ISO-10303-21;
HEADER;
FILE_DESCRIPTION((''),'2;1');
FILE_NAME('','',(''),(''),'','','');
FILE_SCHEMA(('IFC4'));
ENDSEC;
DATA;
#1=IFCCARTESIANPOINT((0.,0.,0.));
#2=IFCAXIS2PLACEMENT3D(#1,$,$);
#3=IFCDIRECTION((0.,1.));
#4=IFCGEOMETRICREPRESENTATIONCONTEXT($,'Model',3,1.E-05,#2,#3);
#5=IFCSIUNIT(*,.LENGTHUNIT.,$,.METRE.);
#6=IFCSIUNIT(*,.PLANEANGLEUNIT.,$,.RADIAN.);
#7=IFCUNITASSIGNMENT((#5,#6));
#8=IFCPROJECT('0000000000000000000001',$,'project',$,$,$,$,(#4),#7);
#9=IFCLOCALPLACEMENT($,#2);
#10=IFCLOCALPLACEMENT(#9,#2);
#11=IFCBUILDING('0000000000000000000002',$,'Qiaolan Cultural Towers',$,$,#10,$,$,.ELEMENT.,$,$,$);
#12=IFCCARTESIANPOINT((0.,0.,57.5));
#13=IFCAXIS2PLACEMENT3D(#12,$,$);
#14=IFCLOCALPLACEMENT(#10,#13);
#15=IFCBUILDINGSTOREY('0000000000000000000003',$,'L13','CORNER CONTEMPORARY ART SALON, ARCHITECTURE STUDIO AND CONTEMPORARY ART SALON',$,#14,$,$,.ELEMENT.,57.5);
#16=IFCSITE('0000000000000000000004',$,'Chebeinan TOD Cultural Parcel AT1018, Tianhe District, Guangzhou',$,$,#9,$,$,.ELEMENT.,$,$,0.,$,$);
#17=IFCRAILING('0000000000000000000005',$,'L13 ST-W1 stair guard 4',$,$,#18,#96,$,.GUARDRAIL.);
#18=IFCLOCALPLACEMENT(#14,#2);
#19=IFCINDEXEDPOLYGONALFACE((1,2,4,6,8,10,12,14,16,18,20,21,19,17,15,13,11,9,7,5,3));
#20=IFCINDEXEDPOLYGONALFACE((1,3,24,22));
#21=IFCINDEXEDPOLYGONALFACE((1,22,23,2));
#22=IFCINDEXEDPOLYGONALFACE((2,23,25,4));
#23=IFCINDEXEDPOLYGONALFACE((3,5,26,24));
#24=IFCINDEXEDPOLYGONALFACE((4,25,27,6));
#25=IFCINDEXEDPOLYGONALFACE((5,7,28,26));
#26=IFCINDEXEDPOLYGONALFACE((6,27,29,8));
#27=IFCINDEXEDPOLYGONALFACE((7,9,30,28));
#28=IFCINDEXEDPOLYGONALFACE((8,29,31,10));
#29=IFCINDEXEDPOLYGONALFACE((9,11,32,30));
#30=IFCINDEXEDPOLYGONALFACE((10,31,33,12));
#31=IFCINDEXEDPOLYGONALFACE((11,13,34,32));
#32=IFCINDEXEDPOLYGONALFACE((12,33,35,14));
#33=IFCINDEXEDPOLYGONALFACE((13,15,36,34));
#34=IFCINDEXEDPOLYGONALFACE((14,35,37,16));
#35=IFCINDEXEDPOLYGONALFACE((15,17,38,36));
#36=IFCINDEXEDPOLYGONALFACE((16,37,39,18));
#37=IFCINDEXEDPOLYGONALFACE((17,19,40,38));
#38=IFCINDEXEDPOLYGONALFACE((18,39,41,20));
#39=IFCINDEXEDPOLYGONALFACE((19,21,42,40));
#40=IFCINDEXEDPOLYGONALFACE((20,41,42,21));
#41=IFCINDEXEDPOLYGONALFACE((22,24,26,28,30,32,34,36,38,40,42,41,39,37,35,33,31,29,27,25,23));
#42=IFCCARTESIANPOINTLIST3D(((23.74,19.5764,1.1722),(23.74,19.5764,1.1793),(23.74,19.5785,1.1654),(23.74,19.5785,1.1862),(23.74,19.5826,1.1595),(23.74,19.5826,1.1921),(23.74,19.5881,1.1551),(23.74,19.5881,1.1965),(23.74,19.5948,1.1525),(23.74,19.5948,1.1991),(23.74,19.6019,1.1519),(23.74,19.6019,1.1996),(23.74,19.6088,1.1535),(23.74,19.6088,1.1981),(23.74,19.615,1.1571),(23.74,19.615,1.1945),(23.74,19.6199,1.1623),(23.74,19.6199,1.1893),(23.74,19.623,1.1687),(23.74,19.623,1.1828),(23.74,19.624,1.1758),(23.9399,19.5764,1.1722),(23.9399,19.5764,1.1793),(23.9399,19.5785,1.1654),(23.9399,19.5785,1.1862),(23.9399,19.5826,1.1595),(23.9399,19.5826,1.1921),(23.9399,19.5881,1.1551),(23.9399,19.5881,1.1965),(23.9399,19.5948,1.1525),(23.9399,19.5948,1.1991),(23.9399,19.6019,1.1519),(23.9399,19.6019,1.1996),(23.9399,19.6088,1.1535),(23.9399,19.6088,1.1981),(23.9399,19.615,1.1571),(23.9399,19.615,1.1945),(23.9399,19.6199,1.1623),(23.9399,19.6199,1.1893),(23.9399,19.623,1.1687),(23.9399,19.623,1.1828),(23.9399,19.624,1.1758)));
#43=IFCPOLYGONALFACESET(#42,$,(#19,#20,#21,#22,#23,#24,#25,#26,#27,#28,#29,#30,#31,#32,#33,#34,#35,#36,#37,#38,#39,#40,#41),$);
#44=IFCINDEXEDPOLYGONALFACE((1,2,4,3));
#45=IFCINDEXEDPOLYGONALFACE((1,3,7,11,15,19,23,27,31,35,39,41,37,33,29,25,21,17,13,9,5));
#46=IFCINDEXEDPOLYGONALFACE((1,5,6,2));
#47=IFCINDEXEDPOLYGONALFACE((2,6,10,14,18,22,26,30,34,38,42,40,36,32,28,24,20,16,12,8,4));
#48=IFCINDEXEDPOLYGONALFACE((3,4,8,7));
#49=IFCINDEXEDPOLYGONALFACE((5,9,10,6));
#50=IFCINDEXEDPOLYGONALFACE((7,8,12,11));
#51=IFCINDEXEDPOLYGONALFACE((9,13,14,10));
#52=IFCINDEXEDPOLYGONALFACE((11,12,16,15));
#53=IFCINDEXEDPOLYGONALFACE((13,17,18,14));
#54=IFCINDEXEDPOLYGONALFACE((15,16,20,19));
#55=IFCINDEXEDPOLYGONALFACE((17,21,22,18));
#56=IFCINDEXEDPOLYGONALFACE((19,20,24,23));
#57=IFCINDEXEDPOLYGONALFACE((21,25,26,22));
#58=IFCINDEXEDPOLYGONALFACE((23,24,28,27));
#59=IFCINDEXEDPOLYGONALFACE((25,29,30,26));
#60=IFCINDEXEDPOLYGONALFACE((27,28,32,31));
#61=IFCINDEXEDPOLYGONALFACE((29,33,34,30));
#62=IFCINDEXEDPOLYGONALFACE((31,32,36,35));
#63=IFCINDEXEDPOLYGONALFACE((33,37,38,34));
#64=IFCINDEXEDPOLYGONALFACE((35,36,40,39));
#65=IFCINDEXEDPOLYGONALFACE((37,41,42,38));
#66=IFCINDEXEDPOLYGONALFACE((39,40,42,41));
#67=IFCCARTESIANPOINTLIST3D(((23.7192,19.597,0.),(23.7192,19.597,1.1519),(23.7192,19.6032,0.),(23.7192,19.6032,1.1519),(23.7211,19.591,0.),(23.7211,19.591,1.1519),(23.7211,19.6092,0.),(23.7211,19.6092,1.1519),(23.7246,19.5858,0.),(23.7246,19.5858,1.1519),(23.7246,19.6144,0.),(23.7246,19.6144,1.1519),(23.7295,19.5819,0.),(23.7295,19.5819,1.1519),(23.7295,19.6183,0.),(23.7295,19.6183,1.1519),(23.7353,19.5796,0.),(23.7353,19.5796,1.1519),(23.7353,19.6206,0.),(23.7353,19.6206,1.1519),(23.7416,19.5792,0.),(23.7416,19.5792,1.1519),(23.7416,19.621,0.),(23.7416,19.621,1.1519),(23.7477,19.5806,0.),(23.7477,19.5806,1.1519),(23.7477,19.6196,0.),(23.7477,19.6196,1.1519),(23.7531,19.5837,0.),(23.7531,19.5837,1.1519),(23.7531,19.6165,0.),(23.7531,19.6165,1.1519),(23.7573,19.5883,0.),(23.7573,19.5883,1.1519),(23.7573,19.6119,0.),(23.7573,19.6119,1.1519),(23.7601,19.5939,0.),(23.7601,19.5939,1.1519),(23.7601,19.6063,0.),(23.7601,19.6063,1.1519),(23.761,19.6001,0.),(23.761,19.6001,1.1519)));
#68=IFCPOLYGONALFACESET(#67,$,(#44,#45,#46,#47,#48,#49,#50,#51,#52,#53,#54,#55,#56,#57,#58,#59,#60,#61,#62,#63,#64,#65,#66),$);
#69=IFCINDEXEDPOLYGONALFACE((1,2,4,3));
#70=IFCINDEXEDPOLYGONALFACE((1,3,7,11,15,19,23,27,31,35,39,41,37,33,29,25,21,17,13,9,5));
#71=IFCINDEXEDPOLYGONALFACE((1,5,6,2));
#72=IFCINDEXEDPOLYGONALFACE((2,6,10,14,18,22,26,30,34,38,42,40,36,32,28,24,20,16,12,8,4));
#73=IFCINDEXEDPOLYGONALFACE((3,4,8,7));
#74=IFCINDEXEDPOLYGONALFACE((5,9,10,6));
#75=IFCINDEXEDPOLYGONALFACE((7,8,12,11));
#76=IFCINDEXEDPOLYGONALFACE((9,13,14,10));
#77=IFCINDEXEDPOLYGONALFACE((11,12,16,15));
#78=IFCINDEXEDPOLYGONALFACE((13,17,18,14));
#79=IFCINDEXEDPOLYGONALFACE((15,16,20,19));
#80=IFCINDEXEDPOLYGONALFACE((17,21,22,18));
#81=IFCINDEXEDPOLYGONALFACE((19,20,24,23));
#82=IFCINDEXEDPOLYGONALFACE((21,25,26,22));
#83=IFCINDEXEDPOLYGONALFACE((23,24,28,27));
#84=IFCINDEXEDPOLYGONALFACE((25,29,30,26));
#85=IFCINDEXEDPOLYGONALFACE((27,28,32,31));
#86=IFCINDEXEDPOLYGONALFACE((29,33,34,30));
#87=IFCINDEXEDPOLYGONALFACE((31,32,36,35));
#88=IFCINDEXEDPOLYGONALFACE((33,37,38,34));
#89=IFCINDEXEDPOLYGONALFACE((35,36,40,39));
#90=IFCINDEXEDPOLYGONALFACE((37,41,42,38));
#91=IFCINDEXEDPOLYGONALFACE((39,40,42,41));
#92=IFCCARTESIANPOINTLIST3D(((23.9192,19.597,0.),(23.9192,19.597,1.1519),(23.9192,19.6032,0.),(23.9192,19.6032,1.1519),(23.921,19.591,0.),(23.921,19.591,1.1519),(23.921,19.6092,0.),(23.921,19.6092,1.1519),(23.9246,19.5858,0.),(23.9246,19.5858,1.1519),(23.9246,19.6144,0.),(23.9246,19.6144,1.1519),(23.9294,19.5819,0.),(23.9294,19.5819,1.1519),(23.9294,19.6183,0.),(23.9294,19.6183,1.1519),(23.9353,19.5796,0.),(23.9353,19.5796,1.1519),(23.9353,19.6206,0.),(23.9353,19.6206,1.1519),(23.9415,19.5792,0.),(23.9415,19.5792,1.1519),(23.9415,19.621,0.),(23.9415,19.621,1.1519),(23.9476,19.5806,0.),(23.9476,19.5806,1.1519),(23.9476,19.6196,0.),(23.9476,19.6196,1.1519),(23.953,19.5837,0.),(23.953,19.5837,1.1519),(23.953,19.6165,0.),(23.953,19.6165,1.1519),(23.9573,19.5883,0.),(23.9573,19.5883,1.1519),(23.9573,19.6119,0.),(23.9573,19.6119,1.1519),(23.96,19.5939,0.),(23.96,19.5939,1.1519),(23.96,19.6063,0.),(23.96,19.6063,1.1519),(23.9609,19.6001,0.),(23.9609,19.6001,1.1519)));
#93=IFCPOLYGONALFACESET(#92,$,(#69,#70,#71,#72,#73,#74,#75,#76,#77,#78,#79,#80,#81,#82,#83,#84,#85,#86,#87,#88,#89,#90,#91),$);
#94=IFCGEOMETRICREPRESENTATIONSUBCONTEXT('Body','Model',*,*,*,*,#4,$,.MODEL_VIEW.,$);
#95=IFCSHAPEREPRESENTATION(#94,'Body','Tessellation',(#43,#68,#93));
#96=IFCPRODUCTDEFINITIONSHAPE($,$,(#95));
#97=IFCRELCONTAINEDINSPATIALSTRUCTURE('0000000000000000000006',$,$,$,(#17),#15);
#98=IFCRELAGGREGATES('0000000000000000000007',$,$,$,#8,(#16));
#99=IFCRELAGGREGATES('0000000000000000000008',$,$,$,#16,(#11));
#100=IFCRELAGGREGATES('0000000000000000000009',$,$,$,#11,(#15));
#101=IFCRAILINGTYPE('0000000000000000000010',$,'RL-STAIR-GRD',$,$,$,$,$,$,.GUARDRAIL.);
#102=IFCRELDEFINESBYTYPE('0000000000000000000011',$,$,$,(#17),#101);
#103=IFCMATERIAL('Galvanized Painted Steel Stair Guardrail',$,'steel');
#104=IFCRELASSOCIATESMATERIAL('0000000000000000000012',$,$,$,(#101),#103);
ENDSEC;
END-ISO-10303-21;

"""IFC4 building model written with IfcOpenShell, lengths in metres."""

from ifc_helpers import new_model, si_unit, direction, frame, origin, origin_2d, place, context, subcontext, project, spatial, circle, extrude, material, type_object, element, save


model = new_model("IFC4")

# Units and contexts
model_context = context("Model", 3, precision=1e-05, world=origin(), true_north=direction((0.0, 1.0)))
body_context = subcontext(model_context, "Body", "Model", "MODEL_VIEW")
ifc_project = project(units=[si_unit("LENGTHUNIT", "METRE"), si_unit("PLANEANGLEUNIT", "RADIAN")], contexts=[model_context])

# Site, building, storey
site_placement = place(None, origin())
site = spatial("IfcSite", under=ifc_project, at=site_placement, Name="Chebeinan TOD Cultural Parcel AT1018, Tianhe District, Guangzhou", CompositionType="ELEMENT", RefElevation=0.0)
building_placement = place(site_placement, origin())
building = spatial("IfcBuilding", under=site, at=building_placement, Name="Qiaolan Cultural Towers", CompositionType="ELEMENT")
storey_placement = place(building_placement, frame((0.0, 0.0, 57.5)))
storey = spatial("IfcBuildingStorey", under=building, at=storey_placement, Name="L13", Description="CORNER CONTEMPORARY ART SALON, ARCHITECTURE STUDIO AND CONTEMPORARY ART SALON", CompositionType="ELEMENT", Elevation=57.5)

# Railing
ifc_material_1 = material(Name="Galvanized Painted Steel Stair Guardrail", Category="steel")
railing_type_1 = type_object("IfcRailingType", Name="RL-STAIR-GRD", PredefinedType="GUARDRAIL", material=ifc_material_1)
railing_1_placement = place(storey_placement, frame((23.74, 19.6001, 0.0)))
element("IfcRailing", 1, at=railing_1_placement, inside=storey, type_object=railing_type_1, Name="L13 ST-W1 stair guard 4", PredefinedType="GUARDRAIL", context=body_context, shape_type="SweptSolid", body=[
    extrude(circle(Radius=0.0239, at=origin_2d()), frame((0.0, 0.0, 1.1758), z_axis=(1.0, 0.0, 0.0), x_axis=(0.0, 1.0, 0.0)), (0.0, 0.0, 1.0), 0.2),
    extrude(circle(Radius=0.021, at=origin_2d()), origin(), (0.0, 0.0, 1.0), 1.1519),
    extrude(circle(Radius=0.021, at=origin_2d()), frame((0.2, 0.0, 0.0)), (0.0, 0.0, 1.0), 1.1519),
])

save(model, "model.ifc")
